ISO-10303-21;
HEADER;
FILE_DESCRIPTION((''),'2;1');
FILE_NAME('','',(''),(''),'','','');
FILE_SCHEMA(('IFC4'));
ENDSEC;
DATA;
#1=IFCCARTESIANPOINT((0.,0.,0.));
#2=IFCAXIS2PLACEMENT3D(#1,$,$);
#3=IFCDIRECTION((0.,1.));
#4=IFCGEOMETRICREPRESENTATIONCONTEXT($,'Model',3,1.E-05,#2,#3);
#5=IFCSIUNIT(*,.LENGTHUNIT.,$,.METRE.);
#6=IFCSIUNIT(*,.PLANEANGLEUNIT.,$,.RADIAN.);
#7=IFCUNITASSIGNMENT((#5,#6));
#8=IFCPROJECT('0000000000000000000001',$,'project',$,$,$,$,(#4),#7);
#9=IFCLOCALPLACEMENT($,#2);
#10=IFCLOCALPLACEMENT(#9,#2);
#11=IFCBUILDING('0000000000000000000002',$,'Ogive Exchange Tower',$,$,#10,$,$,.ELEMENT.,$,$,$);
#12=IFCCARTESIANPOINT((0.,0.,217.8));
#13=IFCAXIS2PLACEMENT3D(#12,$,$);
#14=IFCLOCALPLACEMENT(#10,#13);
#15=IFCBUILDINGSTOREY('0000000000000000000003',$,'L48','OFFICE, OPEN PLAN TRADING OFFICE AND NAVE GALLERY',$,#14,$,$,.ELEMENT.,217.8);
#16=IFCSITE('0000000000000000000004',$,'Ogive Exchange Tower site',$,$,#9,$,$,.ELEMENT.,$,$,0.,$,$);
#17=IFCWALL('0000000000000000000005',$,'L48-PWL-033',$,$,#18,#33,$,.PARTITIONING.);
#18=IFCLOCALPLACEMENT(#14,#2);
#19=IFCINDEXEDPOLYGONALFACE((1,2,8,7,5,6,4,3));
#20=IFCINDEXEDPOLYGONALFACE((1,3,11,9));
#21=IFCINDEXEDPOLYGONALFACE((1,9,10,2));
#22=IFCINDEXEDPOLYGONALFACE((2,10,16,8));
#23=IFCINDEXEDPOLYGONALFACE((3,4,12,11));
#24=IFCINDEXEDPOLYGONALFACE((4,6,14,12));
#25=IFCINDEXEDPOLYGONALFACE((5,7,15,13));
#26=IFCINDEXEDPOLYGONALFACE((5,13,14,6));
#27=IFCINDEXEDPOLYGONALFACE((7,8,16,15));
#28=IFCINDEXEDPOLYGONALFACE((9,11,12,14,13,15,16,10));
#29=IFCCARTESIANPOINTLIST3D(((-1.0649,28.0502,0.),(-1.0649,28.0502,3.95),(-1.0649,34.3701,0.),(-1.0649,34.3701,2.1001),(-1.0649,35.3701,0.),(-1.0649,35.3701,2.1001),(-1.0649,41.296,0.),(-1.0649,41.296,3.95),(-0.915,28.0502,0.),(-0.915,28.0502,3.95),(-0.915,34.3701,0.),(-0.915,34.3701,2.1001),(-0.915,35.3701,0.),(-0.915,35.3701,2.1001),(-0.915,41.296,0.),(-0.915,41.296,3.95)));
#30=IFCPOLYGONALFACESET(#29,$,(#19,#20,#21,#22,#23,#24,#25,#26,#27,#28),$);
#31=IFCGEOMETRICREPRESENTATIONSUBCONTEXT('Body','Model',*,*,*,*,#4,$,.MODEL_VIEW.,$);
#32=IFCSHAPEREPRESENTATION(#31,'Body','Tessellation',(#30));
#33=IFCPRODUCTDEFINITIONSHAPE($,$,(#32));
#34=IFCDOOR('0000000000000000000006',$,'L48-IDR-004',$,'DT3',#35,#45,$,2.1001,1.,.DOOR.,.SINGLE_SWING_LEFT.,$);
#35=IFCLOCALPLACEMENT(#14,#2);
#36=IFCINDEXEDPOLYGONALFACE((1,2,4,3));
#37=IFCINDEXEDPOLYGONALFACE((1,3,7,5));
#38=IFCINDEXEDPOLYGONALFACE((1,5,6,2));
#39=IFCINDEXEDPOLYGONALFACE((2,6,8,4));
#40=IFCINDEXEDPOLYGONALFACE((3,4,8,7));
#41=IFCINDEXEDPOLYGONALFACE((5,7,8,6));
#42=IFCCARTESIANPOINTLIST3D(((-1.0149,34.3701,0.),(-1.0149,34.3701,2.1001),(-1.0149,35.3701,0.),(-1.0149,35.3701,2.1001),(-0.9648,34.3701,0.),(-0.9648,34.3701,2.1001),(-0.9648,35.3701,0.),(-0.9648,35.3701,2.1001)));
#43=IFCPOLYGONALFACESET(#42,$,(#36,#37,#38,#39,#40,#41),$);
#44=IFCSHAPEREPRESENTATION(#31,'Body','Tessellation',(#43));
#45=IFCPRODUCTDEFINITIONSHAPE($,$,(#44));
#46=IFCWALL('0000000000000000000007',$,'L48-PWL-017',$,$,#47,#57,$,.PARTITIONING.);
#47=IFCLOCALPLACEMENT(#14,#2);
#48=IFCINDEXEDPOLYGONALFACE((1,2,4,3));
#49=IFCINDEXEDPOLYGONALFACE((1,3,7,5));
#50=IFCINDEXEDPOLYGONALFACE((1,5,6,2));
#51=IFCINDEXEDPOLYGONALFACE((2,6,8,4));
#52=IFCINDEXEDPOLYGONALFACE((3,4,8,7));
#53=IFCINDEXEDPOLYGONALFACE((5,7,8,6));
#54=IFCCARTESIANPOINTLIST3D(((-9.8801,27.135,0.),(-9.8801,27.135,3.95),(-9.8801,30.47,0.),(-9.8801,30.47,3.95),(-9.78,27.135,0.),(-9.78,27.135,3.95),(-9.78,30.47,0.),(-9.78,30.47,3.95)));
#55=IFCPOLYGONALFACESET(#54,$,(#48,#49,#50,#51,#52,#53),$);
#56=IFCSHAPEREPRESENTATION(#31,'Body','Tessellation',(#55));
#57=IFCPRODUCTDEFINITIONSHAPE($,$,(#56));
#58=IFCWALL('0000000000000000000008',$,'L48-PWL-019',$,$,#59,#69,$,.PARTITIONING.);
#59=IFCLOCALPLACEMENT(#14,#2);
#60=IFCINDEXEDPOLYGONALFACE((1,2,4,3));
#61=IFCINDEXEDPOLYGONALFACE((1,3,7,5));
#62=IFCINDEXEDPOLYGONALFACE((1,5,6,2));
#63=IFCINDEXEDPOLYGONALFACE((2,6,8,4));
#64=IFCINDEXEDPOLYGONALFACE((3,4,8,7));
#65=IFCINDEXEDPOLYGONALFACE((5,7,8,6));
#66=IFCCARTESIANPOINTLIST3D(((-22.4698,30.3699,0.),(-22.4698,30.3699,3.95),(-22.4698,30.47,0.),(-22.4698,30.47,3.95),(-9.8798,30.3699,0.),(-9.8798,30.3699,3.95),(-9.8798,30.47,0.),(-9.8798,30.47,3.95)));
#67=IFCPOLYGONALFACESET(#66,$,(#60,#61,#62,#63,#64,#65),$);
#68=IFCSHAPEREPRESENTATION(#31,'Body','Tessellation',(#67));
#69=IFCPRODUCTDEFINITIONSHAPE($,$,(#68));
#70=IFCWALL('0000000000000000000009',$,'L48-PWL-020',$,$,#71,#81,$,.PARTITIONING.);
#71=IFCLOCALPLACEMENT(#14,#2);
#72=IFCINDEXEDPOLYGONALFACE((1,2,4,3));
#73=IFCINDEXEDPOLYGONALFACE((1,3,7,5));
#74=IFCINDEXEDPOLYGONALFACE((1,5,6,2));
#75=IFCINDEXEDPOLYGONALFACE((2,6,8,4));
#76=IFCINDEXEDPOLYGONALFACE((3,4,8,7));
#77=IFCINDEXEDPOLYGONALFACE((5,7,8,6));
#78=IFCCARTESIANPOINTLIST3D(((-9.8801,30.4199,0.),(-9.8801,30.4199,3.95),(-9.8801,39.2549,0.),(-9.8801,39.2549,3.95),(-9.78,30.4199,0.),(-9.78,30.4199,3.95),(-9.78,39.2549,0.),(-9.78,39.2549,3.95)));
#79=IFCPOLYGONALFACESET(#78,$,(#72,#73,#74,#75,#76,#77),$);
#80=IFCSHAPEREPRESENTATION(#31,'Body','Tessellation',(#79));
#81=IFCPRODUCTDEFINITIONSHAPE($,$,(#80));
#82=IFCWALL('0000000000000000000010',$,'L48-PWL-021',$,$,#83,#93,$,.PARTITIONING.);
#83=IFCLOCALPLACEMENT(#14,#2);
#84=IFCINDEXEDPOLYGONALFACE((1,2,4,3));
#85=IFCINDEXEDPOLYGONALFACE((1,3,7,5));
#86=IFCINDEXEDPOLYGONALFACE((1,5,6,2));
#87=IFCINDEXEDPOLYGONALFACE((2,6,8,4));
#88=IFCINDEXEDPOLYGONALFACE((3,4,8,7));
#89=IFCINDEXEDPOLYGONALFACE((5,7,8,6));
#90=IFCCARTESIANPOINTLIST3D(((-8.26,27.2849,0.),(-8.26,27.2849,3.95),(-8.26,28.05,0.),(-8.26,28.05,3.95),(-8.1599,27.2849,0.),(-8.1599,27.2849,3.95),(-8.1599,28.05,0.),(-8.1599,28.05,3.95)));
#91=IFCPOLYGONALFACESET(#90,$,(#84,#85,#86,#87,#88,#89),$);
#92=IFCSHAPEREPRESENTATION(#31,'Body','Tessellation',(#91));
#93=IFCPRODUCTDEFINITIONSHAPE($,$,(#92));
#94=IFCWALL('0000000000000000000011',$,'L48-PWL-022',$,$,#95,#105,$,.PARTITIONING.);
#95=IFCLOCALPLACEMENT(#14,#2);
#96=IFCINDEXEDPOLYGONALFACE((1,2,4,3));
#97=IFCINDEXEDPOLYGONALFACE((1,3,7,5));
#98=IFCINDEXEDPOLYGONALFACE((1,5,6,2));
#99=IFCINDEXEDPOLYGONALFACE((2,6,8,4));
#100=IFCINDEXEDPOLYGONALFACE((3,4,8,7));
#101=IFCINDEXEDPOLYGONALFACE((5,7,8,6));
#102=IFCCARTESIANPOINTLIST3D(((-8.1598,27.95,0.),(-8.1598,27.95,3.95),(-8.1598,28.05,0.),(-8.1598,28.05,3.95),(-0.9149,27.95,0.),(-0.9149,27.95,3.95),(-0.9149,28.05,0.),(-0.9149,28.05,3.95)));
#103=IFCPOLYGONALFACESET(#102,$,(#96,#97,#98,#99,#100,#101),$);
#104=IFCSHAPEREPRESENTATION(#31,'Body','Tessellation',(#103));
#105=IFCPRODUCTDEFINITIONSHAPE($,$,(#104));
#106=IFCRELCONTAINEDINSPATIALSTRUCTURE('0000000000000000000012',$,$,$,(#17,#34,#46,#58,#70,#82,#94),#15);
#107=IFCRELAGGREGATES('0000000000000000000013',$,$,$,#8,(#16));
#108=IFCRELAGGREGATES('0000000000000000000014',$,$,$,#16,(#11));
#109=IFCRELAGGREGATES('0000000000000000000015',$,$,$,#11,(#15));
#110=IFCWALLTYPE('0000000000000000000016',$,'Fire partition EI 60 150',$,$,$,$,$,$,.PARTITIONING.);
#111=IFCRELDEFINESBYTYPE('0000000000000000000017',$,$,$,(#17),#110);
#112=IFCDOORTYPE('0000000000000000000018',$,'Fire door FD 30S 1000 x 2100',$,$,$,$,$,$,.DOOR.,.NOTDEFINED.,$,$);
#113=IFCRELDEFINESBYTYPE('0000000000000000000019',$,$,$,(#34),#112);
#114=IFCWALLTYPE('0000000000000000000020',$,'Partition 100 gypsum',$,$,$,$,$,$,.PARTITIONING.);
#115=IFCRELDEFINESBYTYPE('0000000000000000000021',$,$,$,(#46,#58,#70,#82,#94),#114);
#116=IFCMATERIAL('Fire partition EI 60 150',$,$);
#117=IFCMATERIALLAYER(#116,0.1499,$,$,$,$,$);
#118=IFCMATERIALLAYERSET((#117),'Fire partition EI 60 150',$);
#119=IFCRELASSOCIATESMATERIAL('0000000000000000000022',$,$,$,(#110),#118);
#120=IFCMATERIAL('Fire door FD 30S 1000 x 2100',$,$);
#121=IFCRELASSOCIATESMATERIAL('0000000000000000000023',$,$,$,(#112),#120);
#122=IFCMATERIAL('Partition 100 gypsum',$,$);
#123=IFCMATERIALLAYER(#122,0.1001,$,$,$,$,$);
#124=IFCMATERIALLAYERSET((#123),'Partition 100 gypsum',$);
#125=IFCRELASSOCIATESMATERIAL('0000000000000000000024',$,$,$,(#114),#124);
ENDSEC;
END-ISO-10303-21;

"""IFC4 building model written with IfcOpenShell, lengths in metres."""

from ifc_helpers import new_model, si_unit, direction, frame, frame_2d, origin, place, context, subcontext, project, spatial, rectangle, extrude, material, layer, layer_set, type_object, element, fill, save


model = new_model("IFC4")

# Units and contexts
model_context = context("Model", 3, precision=1e-05, world=origin(), true_north=direction((0.0, 1.0)))
body_context = subcontext(model_context, "Body", "Model", "MODEL_VIEW")
ifc_project = project(units=[si_unit("LENGTHUNIT", "METRE"), si_unit("PLANEANGLEUNIT", "RADIAN")], contexts=[model_context])

# Site, building, storey
site_placement = place(None, origin())
site = spatial("IfcSite", under=ifc_project, at=site_placement, Name="Ogive Exchange Tower site", CompositionType="ELEMENT", RefElevation=0.0)
building_placement = place(site_placement, origin())
building = spatial("IfcBuilding", under=site, at=building_placement, Name="Ogive Exchange Tower", CompositionType="ELEMENT")
storey_placement = place(building_placement, frame((0.0, 0.0, 217.8)))
storey = spatial("IfcBuildingStorey", under=building, at=storey_placement, Name="L48", Description="OFFICE, OPEN PLAN TRADING OFFICE AND NAVE GALLERY", CompositionType="ELEMENT", Elevation=217.8)

# Shared definitions
ifc_material_1 = material(Name="Fire partition EI 60 150")
ifc_layer_1 = layer(ifc_material_1, 0.1499)
ifc_layer_set_1 = layer_set([ifc_layer_1], Name="Fire partition EI 60 150")
wall_type_1 = type_object("IfcWallType", Name="Fire partition EI 60 150", PredefinedType="PARTITIONING", material=ifc_layer_set_1)

# Wall, opening, door
wall_1_placement = place(storey_placement, frame((-0.99, 28.05, 0.0), z_axis=(0.0, 0.0, 1.0), x_axis=(0.0, 1.0, 0.0)))
wall_1 = element("IfcWall", 1, at=wall_1_placement, inside=storey, type_object=wall_type_1, Name="L48-PWL-033", PredefinedType="PARTITIONING", context=body_context, shape_type="SweptSolid", body=[
    extrude(rectangle(XDim=13.2458, YDim=0.1499, at=frame_2d((6.623, 0.0))), origin(), (0.0, 0.0, 1.0), 3.95),
])
opening_placement = place(wall_1_placement, frame((6.3201, 0.0, 0.0)))
opening = element("IfcOpeningElement", 2, at=opening_placement, cuts=wall_1, PredefinedType="OPENING", context=body_context, shape_type="SweptSolid", body=[
    extrude(rectangle(XDim=1.0, YDim=2.1001, at=frame_2d((0.5, 1.05))), frame((0.0, 0.085, 0.0), z_axis=(0.0, -1.0, 0.0), x_axis=(1.0, 0.0, 0.0)), (0.0, 0.0, 1.0), 0.1699),
])
ifc_material_2 = material(Name="Fire door FD 30S 1000 x 2100")
door_type = type_object("IfcDoorType", Name="Fire door FD 30S 1000 x 2100", OperationType="NOTDEFINED", PredefinedType="DOOR", material=ifc_material_2)
door_placement = place(opening_placement, origin())
door = element("IfcDoor", 3, at=door_placement, inside=storey, type_object=door_type, Name="L48-IDR-004", ObjectType="DT3", OperationType="SINGLE_SWING_LEFT", OverallHeight=2.1001, OverallWidth=1.0, PredefinedType="DOOR", context=body_context, shape_type="SweptSolid", body=[
    extrude(rectangle(XDim=1.0, YDim=2.1001, at=frame_2d((0.5, 1.05))), frame((0.0, 0.0249, 0.0), z_axis=(0.0, -1.0, 0.0), x_axis=(1.0, 0.0, 0.0)), (0.0, 0.0, 1.0), 0.05),
])
fill(opening, door)

# Walls
ifc_material_3 = material(Name="Partition 100 gypsum")
ifc_layer_2 = layer(ifc_material_3, 0.1001)
ifc_layer_set_2 = layer_set([ifc_layer_2], Name="Partition 100 gypsum")
wall_type_2 = type_object("IfcWallType", Name="Partition 100 gypsum", PredefinedType="PARTITIONING", material=ifc_layer_set_2)
wall_2_placement = place(storey_placement, frame((-9.8301, 27.135, 0.0), z_axis=(0.0, 0.0, 1.0), x_axis=(0.0, 1.0, 0.0)))
element("IfcWall", 4, at=wall_2_placement, inside=storey, type_object=wall_type_2, Name="L48-PWL-017", PredefinedType="PARTITIONING", context=body_context, shape_type="SweptSolid", body=[
    extrude(rectangle(XDim=3.335, YDim=0.1001, at=frame_2d((1.6675, 0.0))), origin(), (0.0, 0.0, 1.0), 3.95),
])
wall_3_placement = place(storey_placement, frame((-9.8799, 30.4199, 0.0), z_axis=(0.0, 0.0, 1.0), x_axis=(-1.0, 0.0, 0.0)))
element("IfcWall", 5, at=wall_3_placement, inside=storey, type_object=wall_type_2, Name="L48-PWL-019", PredefinedType="PARTITIONING", context=body_context, shape_type="SweptSolid", body=[
    extrude(rectangle(XDim=12.5901, YDim=0.1001, at=frame_2d((6.2949, 0.0))), origin(), (0.0, 0.0, 1.0), 3.95),
])
wall_4_placement = place(storey_placement, frame((-9.8301, 30.4199, 0.0), z_axis=(0.0, 0.0, 1.0), x_axis=(0.0, 1.0, 0.0)))
element("IfcWall", 6, at=wall_4_placement, inside=storey, type_object=wall_type_2, Name="L48-PWL-020", PredefinedType="PARTITIONING", context=body_context, shape_type="SweptSolid", body=[
    extrude(rectangle(XDim=8.835, YDim=0.1001, at=frame_2d((4.4175, 0.0))), origin(), (0.0, 0.0, 1.0), 3.95),
])
wall_5_placement = place(storey_placement, frame((-8.21, 27.2849, 0.0), z_axis=(0.0, 0.0, 1.0), x_axis=(0.0, 1.0, 0.0)))
element("IfcWall", 7, at=wall_5_placement, inside=storey, type_object=wall_type_2, Name="L48-PWL-021", PredefinedType="PARTITIONING", context=body_context, shape_type="SweptSolid", body=[
    extrude(rectangle(XDim=0.7651, YDim=0.1001, at=frame_2d((0.3826, 0.0))), origin(), (0.0, 0.0, 1.0), 3.95),
])
wall_6_placement = place(storey_placement, frame((-8.1599, 28.0, 0.0), z_axis=(0.0, 0.0, 1.0), x_axis=(1.0, 0.0, 0.0)))
element("IfcWall", 8, at=wall_6_placement, inside=storey, type_object=wall_type_2, Name="L48-PWL-022", PredefinedType="PARTITIONING", context=body_context, shape_type="SweptSolid", body=[
    extrude(rectangle(XDim=7.2449, YDim=0.1001, at=frame_2d((3.6226, 0.0))), origin(), (0.0, 0.0, 1.0), 3.95),
])

save(model, "model.ifc")
